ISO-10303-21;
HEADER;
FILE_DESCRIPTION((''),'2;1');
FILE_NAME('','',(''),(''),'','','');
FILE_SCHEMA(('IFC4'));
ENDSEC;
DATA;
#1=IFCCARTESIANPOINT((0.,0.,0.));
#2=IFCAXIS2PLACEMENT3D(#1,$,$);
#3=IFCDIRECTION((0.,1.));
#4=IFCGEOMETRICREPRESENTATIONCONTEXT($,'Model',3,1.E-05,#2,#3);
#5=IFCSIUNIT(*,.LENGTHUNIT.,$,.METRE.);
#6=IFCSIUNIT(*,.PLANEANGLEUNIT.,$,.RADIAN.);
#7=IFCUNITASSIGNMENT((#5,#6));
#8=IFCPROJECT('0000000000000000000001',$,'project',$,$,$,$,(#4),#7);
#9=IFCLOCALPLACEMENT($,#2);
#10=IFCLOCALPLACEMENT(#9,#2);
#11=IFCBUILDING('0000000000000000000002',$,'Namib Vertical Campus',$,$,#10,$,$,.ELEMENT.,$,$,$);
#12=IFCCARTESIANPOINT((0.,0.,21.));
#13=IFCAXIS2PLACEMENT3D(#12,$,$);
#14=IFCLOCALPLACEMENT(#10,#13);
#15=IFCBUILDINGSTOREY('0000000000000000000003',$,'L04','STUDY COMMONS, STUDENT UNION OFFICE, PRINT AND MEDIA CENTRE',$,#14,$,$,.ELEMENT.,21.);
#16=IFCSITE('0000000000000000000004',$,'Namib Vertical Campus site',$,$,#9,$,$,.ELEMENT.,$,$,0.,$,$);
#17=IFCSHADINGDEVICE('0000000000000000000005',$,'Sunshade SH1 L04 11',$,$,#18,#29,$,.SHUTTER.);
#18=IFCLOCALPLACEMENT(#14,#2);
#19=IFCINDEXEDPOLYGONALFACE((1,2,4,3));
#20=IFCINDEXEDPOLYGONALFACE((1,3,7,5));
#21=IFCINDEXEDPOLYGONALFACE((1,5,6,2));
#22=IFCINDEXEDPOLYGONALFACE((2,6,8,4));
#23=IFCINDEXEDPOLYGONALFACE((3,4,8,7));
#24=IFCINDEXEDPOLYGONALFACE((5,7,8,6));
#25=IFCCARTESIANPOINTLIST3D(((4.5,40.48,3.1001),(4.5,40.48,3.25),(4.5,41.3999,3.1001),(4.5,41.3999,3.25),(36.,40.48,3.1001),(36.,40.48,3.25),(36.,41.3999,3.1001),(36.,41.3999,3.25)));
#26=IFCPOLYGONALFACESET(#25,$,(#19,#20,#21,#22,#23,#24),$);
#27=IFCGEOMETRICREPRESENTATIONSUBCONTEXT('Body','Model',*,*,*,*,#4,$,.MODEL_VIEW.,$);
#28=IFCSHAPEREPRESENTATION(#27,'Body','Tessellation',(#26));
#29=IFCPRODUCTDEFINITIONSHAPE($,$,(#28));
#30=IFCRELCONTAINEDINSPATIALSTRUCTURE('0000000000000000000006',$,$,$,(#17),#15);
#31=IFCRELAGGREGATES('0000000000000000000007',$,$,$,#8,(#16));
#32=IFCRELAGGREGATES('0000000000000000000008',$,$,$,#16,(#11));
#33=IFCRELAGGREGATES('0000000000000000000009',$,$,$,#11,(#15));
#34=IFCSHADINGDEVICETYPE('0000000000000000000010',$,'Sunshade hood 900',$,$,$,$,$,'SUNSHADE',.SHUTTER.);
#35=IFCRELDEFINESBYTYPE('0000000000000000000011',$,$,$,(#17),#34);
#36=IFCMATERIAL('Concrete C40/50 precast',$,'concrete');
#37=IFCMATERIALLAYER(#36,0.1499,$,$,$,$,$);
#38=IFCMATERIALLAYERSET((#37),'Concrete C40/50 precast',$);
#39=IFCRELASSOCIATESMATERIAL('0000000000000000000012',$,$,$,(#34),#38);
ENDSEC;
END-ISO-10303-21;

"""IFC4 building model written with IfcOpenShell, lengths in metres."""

from ifc_helpers import new_model, si_unit, direction, frame, origin, origin_2d, place, context, subcontext, project, spatial, rectangle, extrude, material, layer, layer_set, type_object, element, save


model = new_model("IFC4")

# Units and contexts
model_context = context("Model", 3, precision=1e-05, world=origin(), true_north=direction((0.0, 1.0)))
body_context = subcontext(model_context, "Body", "Model", "MODEL_VIEW")
ifc_project = project(units=[si_unit("LENGTHUNIT", "METRE"), si_unit("PLANEANGLEUNIT", "RADIAN")], contexts=[model_context])

# Site, building, storey
site_placement = place(None, origin())
site = spatial("IfcSite", under=ifc_project, at=site_placement, Name="Namib Vertical Campus site", CompositionType="ELEMENT", RefElevation=0.0)
building_placement = place(site_placement, origin())
building = spatial("IfcBuilding", under=site, at=building_placement, Name="Namib Vertical Campus", CompositionType="ELEMENT")
storey_placement = place(building_placement, frame((0.0, 0.0, 21.0)))
storey = spatial("IfcBuildingStorey", under=building, at=storey_placement, Name="L04", Description="STUDY COMMONS, STUDENT UNION OFFICE, PRINT AND MEDIA CENTRE", CompositionType="ELEMENT", Elevation=21.0)

# Shading device
ifc_material_1 = material(Name="Concrete C40/50 precast", Category="concrete")
ifc_layer_1 = layer(ifc_material_1, 0.1499)
ifc_layer_set_1 = layer_set([ifc_layer_1], Name="Concrete C40/50 precast")
shading_device_type = type_object("IfcShadingDeviceType", Name="Sunshade hood 900", ElementType="SUNSHADE", PredefinedType="SHUTTER", material=ifc_layer_set_1)
shading_device_placement = place(storey_placement, frame((20.25, 40.9399, 3.1001), z_axis=(0.0, 0.0, 1.0), x_axis=(-1.0, 0.0, 0.0)))
element("IfcShadingDevice", 1, at=shading_device_placement, inside=storey, type_object=shading_device_type, Name="Sunshade SH1 L04 11", PredefinedType="SHUTTER", context=body_context, shape_type="SweptSolid", body=[
    extrude(rectangle(XDim=31.5, YDim=0.9199, at=origin_2d()), origin(), (0.0, 0.0, 1.0), 0.1499),
])

save(model, "model.ifc")
